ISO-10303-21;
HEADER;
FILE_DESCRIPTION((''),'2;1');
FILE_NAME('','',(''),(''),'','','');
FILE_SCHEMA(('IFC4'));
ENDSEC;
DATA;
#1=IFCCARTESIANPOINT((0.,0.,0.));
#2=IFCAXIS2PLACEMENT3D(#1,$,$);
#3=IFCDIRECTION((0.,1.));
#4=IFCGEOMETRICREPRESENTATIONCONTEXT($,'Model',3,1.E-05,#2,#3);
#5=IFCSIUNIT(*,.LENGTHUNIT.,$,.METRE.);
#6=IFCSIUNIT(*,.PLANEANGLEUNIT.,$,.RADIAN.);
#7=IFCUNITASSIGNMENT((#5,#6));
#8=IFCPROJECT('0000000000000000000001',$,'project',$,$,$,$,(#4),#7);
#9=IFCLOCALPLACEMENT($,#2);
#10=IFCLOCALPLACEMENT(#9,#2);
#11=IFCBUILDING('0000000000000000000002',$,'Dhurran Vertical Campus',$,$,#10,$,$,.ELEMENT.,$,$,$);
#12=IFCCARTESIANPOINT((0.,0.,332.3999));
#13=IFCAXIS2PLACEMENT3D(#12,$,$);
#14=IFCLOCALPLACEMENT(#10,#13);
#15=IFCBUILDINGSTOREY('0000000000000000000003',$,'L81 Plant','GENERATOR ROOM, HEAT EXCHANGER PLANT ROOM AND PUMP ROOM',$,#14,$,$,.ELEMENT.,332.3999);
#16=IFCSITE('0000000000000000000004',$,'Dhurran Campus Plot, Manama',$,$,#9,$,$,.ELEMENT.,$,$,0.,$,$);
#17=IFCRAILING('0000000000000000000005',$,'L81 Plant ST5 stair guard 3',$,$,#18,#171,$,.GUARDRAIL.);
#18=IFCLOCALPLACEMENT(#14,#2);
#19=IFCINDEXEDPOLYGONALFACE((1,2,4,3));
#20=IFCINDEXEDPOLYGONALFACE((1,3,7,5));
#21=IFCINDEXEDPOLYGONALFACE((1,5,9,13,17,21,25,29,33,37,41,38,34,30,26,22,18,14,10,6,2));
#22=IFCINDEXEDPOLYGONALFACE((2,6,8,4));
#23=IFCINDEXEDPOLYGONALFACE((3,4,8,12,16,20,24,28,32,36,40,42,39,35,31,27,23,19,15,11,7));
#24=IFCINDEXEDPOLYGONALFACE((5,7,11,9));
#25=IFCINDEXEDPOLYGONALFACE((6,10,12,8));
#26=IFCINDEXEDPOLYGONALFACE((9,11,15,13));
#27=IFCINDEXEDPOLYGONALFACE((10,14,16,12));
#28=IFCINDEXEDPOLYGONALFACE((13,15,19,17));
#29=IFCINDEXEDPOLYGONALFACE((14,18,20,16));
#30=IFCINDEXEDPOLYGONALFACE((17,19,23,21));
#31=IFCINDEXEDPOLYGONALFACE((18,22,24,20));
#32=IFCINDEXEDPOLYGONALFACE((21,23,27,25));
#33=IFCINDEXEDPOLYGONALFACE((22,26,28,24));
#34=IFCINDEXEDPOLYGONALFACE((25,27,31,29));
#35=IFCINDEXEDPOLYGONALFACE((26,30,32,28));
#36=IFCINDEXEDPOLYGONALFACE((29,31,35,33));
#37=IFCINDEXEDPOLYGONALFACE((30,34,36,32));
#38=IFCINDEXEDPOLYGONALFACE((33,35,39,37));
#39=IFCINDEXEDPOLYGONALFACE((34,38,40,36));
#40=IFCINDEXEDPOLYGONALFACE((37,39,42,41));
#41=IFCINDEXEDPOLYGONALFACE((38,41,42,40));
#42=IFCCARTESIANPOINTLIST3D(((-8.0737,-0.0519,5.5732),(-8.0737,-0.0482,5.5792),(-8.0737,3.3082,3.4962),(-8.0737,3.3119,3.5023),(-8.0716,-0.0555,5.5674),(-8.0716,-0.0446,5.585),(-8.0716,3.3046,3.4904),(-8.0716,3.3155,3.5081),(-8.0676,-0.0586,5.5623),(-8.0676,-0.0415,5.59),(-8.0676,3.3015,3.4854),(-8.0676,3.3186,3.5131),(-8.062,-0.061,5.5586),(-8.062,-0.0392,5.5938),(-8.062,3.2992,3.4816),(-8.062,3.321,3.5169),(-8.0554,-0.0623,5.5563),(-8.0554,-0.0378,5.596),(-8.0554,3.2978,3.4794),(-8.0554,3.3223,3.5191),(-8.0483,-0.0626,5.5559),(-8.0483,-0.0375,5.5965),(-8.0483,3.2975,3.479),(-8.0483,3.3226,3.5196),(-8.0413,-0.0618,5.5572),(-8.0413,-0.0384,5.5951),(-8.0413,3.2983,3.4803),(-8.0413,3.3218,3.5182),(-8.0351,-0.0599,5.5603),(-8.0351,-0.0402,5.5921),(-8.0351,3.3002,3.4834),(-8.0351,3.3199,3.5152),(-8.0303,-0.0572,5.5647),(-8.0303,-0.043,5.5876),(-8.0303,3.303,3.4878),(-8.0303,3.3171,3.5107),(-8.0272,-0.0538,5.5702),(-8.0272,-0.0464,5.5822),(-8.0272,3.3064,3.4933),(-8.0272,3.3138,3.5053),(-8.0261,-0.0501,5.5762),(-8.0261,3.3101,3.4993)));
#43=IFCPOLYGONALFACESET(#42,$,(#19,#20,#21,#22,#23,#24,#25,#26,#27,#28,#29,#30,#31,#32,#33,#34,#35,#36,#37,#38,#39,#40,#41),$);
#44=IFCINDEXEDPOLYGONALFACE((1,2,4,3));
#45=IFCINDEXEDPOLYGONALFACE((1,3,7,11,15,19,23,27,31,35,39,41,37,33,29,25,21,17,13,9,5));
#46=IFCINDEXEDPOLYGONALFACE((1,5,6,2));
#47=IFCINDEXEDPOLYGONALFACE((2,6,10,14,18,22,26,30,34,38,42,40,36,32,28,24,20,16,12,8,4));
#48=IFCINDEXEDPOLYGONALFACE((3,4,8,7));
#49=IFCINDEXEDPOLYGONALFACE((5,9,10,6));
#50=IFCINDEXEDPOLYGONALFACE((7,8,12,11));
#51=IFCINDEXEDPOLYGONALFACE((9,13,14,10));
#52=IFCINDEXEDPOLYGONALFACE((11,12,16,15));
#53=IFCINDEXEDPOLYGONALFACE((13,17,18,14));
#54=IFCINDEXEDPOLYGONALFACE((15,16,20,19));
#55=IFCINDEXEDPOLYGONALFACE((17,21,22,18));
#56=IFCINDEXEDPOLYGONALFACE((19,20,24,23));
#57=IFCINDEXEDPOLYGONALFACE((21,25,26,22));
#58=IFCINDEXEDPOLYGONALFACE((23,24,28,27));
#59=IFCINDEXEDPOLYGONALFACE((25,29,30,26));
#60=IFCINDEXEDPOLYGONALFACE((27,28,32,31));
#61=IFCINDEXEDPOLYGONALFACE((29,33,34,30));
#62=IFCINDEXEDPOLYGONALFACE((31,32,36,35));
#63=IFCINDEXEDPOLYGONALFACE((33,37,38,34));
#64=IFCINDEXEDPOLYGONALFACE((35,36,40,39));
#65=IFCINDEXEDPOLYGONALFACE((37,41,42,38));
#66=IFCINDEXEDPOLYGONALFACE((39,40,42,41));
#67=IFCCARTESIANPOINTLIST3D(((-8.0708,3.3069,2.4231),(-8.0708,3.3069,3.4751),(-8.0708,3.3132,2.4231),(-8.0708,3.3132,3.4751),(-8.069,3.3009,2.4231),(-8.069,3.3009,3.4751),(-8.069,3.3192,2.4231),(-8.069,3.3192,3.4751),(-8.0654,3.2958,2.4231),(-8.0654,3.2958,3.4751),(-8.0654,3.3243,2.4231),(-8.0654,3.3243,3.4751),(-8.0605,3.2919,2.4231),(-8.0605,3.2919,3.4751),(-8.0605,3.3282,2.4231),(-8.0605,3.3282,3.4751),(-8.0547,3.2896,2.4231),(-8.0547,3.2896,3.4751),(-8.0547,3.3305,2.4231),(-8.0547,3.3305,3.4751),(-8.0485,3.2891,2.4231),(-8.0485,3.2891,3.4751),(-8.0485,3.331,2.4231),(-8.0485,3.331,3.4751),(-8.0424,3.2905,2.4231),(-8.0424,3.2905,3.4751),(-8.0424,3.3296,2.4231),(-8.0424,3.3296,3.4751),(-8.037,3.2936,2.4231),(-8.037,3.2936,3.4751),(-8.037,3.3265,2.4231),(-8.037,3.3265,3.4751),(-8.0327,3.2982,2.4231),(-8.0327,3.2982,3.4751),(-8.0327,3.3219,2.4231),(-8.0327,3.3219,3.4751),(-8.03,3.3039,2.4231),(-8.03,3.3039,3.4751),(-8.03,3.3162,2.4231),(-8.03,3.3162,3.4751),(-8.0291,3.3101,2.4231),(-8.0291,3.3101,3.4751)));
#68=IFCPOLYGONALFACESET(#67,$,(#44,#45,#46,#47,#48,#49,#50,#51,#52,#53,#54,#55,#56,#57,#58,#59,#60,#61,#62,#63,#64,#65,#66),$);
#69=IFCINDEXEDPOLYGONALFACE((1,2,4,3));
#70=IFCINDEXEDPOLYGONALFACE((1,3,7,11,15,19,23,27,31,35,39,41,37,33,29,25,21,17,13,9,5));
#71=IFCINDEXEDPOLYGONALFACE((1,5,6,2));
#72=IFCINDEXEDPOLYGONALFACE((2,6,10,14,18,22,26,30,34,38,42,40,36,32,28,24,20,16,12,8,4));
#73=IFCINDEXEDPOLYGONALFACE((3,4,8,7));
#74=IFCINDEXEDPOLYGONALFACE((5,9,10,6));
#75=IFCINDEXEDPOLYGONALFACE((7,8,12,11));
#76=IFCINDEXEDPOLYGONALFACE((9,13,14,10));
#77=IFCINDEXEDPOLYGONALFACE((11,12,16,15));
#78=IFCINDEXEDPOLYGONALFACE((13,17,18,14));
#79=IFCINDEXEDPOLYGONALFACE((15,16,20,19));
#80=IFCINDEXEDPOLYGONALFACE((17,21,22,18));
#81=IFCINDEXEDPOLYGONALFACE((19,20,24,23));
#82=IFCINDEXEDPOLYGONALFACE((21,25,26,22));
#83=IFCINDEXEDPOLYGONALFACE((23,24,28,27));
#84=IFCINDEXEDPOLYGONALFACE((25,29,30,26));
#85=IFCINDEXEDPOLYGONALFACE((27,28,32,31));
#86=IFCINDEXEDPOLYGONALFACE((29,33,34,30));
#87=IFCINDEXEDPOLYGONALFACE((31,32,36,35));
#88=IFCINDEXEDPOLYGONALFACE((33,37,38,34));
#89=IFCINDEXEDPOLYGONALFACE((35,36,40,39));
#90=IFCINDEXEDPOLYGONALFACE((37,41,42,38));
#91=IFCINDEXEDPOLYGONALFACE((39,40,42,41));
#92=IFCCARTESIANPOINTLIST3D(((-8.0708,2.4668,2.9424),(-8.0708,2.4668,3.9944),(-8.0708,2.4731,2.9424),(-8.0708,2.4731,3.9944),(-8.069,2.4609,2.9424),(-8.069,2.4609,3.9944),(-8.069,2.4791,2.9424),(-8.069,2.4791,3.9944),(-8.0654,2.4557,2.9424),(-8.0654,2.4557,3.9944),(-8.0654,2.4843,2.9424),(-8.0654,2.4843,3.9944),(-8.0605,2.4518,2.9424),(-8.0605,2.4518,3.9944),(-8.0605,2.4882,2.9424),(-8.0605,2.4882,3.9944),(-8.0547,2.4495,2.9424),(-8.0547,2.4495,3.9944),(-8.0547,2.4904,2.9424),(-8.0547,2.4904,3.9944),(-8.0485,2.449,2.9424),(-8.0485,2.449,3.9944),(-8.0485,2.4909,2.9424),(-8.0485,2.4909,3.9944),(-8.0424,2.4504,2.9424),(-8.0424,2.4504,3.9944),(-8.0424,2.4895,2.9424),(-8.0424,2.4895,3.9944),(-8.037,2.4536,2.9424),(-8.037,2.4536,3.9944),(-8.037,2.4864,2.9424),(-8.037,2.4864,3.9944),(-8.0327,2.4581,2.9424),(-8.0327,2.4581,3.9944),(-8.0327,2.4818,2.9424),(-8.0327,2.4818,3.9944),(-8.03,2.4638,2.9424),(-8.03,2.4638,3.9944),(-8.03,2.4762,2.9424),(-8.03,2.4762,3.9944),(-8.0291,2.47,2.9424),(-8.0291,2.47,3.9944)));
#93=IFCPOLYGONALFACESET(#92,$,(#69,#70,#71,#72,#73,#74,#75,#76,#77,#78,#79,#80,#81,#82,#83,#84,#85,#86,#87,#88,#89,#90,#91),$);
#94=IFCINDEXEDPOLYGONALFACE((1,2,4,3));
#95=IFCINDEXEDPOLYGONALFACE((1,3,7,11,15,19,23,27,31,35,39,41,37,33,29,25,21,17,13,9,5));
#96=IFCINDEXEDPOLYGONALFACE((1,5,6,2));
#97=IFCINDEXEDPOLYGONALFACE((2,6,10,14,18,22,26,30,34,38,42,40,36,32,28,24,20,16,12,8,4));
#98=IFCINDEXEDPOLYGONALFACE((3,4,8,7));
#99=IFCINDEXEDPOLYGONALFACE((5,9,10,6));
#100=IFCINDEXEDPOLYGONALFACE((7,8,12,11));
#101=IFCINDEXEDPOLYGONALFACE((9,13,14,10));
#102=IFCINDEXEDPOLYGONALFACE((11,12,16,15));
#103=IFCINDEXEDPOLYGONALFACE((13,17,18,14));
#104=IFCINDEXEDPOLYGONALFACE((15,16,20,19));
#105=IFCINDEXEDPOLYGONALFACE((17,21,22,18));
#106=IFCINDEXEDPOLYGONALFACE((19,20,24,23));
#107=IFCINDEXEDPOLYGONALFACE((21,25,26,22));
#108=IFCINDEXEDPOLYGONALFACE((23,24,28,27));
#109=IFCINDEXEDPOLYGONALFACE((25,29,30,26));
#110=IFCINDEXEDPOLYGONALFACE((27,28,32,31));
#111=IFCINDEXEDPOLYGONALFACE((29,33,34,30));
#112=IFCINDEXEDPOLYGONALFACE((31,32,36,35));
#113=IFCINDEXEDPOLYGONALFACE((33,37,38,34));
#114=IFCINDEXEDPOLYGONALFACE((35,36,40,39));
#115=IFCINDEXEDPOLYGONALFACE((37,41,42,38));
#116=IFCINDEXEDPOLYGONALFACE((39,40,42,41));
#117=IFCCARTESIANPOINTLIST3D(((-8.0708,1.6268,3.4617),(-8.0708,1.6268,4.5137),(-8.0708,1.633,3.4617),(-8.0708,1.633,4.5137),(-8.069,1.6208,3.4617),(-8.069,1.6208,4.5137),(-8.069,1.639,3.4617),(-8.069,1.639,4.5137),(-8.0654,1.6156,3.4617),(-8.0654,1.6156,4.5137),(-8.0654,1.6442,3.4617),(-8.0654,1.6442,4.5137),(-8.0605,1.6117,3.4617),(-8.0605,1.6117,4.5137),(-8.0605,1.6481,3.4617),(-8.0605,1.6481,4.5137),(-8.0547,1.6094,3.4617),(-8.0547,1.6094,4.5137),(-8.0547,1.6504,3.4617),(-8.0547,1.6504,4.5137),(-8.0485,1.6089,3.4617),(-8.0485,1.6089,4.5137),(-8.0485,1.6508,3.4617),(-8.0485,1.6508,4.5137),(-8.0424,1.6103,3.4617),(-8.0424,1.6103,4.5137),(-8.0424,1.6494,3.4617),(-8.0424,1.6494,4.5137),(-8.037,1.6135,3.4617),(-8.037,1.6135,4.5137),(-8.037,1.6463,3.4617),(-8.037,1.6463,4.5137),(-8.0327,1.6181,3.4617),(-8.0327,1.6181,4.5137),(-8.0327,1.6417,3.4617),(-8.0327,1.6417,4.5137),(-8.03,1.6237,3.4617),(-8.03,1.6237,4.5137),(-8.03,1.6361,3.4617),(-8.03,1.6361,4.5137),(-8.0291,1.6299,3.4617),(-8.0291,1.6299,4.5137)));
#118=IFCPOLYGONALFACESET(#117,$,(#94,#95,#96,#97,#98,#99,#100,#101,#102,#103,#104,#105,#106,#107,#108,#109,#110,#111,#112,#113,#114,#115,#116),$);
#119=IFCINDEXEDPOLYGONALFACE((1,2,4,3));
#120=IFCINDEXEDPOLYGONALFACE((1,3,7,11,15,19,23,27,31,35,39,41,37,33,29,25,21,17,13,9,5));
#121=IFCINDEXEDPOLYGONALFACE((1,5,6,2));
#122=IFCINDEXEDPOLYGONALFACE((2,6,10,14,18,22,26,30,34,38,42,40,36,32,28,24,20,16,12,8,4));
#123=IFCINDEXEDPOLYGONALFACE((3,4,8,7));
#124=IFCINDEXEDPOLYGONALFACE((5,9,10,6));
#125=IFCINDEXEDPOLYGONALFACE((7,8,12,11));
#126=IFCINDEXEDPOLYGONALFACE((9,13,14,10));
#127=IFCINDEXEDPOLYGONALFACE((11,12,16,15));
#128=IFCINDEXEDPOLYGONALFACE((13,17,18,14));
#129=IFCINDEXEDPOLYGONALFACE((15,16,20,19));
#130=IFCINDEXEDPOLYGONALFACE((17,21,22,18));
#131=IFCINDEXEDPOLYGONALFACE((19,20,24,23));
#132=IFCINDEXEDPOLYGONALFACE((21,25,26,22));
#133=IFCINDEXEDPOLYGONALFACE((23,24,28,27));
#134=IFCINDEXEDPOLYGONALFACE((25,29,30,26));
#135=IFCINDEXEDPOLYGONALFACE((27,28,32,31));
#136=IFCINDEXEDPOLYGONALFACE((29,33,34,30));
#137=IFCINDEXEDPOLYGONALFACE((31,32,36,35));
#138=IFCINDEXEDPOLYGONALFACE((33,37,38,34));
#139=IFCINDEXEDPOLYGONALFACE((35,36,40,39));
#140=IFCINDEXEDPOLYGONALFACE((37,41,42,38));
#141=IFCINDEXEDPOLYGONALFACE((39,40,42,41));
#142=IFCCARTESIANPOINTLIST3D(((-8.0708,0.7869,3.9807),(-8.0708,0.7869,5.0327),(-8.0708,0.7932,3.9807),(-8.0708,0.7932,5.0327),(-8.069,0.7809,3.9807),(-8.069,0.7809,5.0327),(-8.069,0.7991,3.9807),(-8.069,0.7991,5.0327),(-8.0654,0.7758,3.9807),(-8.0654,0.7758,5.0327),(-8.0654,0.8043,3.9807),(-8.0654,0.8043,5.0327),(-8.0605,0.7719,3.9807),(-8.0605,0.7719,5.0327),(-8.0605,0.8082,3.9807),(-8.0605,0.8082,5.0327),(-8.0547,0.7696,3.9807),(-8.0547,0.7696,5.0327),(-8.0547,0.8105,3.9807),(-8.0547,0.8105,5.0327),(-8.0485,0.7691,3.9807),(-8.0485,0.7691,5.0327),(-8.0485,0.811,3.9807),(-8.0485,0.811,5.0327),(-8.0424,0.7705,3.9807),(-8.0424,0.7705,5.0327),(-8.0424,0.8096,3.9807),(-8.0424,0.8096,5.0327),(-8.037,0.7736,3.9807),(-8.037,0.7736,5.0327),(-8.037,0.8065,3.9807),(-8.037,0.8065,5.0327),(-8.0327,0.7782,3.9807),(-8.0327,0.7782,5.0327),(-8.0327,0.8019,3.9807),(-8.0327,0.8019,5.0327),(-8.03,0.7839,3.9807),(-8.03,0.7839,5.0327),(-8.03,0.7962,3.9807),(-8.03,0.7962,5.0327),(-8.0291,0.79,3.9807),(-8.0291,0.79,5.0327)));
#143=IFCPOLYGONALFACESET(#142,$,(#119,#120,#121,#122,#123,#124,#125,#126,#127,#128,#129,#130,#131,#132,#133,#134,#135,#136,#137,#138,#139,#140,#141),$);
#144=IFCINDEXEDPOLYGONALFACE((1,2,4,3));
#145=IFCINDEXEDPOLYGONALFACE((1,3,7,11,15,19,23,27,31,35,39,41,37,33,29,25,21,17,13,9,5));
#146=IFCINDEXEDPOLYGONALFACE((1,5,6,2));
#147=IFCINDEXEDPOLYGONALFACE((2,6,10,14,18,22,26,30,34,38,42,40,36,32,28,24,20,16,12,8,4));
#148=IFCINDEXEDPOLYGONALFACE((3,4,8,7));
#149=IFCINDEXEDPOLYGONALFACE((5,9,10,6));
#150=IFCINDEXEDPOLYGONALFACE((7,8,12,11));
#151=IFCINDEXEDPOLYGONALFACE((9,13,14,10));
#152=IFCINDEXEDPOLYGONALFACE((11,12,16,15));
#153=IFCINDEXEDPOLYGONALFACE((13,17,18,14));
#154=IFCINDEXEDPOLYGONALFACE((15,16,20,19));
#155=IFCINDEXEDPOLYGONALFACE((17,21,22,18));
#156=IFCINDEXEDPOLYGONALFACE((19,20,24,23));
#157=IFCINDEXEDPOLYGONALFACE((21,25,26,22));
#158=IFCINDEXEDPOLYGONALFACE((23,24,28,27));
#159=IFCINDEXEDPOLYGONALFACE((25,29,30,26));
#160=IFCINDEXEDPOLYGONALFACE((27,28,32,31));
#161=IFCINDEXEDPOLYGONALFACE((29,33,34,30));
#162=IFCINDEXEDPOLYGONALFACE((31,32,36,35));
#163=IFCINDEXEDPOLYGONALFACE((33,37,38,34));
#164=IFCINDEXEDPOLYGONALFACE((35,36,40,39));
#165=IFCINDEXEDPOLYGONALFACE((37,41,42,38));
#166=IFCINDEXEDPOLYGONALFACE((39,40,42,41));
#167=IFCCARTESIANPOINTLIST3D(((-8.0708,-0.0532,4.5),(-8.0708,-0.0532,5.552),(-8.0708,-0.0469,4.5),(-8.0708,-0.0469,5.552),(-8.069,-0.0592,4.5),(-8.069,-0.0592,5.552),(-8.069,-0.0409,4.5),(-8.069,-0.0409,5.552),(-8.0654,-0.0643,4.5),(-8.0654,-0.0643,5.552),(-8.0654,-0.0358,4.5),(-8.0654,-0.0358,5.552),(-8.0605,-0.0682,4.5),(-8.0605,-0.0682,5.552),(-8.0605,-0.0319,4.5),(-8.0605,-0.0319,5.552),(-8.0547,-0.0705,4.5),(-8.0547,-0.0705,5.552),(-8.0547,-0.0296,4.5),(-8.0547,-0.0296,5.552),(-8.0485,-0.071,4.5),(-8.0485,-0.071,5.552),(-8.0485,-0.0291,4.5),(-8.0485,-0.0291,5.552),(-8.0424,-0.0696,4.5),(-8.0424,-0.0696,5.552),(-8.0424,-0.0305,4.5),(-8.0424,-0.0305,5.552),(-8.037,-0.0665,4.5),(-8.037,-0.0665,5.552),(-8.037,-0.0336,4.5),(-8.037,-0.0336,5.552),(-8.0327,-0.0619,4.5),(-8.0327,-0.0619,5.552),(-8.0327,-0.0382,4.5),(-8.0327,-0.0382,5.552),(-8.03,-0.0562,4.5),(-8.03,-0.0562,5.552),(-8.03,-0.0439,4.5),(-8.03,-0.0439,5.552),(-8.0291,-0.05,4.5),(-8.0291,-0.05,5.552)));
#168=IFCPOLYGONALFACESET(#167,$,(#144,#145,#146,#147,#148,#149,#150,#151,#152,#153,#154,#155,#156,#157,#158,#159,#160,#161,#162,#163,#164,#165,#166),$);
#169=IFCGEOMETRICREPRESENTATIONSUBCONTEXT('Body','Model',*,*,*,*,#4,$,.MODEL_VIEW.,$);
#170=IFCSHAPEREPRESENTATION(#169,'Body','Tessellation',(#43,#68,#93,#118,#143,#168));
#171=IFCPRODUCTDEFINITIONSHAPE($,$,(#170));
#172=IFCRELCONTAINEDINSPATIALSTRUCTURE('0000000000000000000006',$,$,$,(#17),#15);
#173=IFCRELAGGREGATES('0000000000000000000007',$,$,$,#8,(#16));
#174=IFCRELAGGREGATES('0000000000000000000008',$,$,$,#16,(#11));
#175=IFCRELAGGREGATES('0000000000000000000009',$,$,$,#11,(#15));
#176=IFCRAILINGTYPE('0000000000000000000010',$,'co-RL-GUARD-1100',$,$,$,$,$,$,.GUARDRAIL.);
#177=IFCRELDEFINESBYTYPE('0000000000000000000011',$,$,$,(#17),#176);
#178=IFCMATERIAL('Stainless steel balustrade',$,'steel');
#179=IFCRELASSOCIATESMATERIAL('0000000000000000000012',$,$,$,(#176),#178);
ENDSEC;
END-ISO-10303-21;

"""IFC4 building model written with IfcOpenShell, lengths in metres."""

from ifc_helpers import new_model, si_unit, direction, frame, origin, origin_2d, place, context, subcontext, project, spatial, circle, extrude, material, type_object, element, save


model = new_model("IFC4")

# Units and contexts
model_context = context("Model", 3, precision=1e-05, world=origin(), true_north=direction((0.0, 1.0)))
body_context = subcontext(model_context, "Body", "Model", "MODEL_VIEW")
ifc_project = project(units=[si_unit("LENGTHUNIT", "METRE"), si_unit("PLANEANGLEUNIT", "RADIAN")], contexts=[model_context])

# Site, building, storey
site_placement = place(None, origin())
site = spatial("IfcSite", under=ifc_project, at=site_placement, Name="Dhurran Campus Plot, Manama", CompositionType="ELEMENT", RefElevation=0.0)
building_placement = place(site_placement, origin())
building = spatial("IfcBuilding", under=site, at=building_placement, Name="Dhurran Vertical Campus", CompositionType="ELEMENT")
storey_placement = place(building_placement, frame((0.0, 0.0, 332.3999)))
storey = spatial("IfcBuildingStorey", under=building, at=storey_placement, Name="L81 Plant", Description="GENERATOR ROOM, HEAT EXCHANGER PLANT ROOM AND PUMP ROOM", CompositionType="ELEMENT", Elevation=332.3999)

# Railing
ifc_material_1 = material(Name="Stainless steel balustrade", Category="steel")
railing_type_1 = type_object("IfcRailingType", Name="co-RL-GUARD-1100", PredefinedType="GUARDRAIL", material=ifc_material_1)
railing_1_placement = place(storey_placement, frame((-8.05, 3.3101, 2.4231)))
element("IfcRailing", 1, at=railing_1_placement, inside=storey, type_object=railing_type_1, Name="L81 Plant ST5 stair guard 3", PredefinedType="GUARDRAIL", context=body_context, shape_type="SweptSolid", body=[
    extrude(circle(Radius=0.0239, at=origin_2d()), frame((0.0, 0.0, 1.0762), z_axis=(0.0, -0.850623, 0.525776), x_axis=(1.0, 0.0, 0.0)), (0.0, 0.0, 1.0), 3.9502),
    extrude(circle(Radius=0.021, at=origin_2d()), origin(), (0.0, 0.0, 1.0), 1.052),
    extrude(circle(Radius=0.021, at=origin_2d()), frame((0.0, -0.8401, 0.5193)), (0.0, 0.0, 1.0), 1.052),
    extrude(circle(Radius=0.021, at=origin_2d()), frame((0.0, -1.6802, 1.0386)), (0.0, 0.0, 1.0), 1.052),
    extrude(circle(Radius=0.021, at=origin_2d()), frame((0.0, -2.52, 1.5576)), (0.0, 0.0, 1.0), 1.052),
    extrude(circle(Radius=0.021, at=origin_2d()), frame((0.0, -3.3601, 2.0769)), (0.0, 0.0, 1.0), 1.052),
])

save(model, "model.ifc")
